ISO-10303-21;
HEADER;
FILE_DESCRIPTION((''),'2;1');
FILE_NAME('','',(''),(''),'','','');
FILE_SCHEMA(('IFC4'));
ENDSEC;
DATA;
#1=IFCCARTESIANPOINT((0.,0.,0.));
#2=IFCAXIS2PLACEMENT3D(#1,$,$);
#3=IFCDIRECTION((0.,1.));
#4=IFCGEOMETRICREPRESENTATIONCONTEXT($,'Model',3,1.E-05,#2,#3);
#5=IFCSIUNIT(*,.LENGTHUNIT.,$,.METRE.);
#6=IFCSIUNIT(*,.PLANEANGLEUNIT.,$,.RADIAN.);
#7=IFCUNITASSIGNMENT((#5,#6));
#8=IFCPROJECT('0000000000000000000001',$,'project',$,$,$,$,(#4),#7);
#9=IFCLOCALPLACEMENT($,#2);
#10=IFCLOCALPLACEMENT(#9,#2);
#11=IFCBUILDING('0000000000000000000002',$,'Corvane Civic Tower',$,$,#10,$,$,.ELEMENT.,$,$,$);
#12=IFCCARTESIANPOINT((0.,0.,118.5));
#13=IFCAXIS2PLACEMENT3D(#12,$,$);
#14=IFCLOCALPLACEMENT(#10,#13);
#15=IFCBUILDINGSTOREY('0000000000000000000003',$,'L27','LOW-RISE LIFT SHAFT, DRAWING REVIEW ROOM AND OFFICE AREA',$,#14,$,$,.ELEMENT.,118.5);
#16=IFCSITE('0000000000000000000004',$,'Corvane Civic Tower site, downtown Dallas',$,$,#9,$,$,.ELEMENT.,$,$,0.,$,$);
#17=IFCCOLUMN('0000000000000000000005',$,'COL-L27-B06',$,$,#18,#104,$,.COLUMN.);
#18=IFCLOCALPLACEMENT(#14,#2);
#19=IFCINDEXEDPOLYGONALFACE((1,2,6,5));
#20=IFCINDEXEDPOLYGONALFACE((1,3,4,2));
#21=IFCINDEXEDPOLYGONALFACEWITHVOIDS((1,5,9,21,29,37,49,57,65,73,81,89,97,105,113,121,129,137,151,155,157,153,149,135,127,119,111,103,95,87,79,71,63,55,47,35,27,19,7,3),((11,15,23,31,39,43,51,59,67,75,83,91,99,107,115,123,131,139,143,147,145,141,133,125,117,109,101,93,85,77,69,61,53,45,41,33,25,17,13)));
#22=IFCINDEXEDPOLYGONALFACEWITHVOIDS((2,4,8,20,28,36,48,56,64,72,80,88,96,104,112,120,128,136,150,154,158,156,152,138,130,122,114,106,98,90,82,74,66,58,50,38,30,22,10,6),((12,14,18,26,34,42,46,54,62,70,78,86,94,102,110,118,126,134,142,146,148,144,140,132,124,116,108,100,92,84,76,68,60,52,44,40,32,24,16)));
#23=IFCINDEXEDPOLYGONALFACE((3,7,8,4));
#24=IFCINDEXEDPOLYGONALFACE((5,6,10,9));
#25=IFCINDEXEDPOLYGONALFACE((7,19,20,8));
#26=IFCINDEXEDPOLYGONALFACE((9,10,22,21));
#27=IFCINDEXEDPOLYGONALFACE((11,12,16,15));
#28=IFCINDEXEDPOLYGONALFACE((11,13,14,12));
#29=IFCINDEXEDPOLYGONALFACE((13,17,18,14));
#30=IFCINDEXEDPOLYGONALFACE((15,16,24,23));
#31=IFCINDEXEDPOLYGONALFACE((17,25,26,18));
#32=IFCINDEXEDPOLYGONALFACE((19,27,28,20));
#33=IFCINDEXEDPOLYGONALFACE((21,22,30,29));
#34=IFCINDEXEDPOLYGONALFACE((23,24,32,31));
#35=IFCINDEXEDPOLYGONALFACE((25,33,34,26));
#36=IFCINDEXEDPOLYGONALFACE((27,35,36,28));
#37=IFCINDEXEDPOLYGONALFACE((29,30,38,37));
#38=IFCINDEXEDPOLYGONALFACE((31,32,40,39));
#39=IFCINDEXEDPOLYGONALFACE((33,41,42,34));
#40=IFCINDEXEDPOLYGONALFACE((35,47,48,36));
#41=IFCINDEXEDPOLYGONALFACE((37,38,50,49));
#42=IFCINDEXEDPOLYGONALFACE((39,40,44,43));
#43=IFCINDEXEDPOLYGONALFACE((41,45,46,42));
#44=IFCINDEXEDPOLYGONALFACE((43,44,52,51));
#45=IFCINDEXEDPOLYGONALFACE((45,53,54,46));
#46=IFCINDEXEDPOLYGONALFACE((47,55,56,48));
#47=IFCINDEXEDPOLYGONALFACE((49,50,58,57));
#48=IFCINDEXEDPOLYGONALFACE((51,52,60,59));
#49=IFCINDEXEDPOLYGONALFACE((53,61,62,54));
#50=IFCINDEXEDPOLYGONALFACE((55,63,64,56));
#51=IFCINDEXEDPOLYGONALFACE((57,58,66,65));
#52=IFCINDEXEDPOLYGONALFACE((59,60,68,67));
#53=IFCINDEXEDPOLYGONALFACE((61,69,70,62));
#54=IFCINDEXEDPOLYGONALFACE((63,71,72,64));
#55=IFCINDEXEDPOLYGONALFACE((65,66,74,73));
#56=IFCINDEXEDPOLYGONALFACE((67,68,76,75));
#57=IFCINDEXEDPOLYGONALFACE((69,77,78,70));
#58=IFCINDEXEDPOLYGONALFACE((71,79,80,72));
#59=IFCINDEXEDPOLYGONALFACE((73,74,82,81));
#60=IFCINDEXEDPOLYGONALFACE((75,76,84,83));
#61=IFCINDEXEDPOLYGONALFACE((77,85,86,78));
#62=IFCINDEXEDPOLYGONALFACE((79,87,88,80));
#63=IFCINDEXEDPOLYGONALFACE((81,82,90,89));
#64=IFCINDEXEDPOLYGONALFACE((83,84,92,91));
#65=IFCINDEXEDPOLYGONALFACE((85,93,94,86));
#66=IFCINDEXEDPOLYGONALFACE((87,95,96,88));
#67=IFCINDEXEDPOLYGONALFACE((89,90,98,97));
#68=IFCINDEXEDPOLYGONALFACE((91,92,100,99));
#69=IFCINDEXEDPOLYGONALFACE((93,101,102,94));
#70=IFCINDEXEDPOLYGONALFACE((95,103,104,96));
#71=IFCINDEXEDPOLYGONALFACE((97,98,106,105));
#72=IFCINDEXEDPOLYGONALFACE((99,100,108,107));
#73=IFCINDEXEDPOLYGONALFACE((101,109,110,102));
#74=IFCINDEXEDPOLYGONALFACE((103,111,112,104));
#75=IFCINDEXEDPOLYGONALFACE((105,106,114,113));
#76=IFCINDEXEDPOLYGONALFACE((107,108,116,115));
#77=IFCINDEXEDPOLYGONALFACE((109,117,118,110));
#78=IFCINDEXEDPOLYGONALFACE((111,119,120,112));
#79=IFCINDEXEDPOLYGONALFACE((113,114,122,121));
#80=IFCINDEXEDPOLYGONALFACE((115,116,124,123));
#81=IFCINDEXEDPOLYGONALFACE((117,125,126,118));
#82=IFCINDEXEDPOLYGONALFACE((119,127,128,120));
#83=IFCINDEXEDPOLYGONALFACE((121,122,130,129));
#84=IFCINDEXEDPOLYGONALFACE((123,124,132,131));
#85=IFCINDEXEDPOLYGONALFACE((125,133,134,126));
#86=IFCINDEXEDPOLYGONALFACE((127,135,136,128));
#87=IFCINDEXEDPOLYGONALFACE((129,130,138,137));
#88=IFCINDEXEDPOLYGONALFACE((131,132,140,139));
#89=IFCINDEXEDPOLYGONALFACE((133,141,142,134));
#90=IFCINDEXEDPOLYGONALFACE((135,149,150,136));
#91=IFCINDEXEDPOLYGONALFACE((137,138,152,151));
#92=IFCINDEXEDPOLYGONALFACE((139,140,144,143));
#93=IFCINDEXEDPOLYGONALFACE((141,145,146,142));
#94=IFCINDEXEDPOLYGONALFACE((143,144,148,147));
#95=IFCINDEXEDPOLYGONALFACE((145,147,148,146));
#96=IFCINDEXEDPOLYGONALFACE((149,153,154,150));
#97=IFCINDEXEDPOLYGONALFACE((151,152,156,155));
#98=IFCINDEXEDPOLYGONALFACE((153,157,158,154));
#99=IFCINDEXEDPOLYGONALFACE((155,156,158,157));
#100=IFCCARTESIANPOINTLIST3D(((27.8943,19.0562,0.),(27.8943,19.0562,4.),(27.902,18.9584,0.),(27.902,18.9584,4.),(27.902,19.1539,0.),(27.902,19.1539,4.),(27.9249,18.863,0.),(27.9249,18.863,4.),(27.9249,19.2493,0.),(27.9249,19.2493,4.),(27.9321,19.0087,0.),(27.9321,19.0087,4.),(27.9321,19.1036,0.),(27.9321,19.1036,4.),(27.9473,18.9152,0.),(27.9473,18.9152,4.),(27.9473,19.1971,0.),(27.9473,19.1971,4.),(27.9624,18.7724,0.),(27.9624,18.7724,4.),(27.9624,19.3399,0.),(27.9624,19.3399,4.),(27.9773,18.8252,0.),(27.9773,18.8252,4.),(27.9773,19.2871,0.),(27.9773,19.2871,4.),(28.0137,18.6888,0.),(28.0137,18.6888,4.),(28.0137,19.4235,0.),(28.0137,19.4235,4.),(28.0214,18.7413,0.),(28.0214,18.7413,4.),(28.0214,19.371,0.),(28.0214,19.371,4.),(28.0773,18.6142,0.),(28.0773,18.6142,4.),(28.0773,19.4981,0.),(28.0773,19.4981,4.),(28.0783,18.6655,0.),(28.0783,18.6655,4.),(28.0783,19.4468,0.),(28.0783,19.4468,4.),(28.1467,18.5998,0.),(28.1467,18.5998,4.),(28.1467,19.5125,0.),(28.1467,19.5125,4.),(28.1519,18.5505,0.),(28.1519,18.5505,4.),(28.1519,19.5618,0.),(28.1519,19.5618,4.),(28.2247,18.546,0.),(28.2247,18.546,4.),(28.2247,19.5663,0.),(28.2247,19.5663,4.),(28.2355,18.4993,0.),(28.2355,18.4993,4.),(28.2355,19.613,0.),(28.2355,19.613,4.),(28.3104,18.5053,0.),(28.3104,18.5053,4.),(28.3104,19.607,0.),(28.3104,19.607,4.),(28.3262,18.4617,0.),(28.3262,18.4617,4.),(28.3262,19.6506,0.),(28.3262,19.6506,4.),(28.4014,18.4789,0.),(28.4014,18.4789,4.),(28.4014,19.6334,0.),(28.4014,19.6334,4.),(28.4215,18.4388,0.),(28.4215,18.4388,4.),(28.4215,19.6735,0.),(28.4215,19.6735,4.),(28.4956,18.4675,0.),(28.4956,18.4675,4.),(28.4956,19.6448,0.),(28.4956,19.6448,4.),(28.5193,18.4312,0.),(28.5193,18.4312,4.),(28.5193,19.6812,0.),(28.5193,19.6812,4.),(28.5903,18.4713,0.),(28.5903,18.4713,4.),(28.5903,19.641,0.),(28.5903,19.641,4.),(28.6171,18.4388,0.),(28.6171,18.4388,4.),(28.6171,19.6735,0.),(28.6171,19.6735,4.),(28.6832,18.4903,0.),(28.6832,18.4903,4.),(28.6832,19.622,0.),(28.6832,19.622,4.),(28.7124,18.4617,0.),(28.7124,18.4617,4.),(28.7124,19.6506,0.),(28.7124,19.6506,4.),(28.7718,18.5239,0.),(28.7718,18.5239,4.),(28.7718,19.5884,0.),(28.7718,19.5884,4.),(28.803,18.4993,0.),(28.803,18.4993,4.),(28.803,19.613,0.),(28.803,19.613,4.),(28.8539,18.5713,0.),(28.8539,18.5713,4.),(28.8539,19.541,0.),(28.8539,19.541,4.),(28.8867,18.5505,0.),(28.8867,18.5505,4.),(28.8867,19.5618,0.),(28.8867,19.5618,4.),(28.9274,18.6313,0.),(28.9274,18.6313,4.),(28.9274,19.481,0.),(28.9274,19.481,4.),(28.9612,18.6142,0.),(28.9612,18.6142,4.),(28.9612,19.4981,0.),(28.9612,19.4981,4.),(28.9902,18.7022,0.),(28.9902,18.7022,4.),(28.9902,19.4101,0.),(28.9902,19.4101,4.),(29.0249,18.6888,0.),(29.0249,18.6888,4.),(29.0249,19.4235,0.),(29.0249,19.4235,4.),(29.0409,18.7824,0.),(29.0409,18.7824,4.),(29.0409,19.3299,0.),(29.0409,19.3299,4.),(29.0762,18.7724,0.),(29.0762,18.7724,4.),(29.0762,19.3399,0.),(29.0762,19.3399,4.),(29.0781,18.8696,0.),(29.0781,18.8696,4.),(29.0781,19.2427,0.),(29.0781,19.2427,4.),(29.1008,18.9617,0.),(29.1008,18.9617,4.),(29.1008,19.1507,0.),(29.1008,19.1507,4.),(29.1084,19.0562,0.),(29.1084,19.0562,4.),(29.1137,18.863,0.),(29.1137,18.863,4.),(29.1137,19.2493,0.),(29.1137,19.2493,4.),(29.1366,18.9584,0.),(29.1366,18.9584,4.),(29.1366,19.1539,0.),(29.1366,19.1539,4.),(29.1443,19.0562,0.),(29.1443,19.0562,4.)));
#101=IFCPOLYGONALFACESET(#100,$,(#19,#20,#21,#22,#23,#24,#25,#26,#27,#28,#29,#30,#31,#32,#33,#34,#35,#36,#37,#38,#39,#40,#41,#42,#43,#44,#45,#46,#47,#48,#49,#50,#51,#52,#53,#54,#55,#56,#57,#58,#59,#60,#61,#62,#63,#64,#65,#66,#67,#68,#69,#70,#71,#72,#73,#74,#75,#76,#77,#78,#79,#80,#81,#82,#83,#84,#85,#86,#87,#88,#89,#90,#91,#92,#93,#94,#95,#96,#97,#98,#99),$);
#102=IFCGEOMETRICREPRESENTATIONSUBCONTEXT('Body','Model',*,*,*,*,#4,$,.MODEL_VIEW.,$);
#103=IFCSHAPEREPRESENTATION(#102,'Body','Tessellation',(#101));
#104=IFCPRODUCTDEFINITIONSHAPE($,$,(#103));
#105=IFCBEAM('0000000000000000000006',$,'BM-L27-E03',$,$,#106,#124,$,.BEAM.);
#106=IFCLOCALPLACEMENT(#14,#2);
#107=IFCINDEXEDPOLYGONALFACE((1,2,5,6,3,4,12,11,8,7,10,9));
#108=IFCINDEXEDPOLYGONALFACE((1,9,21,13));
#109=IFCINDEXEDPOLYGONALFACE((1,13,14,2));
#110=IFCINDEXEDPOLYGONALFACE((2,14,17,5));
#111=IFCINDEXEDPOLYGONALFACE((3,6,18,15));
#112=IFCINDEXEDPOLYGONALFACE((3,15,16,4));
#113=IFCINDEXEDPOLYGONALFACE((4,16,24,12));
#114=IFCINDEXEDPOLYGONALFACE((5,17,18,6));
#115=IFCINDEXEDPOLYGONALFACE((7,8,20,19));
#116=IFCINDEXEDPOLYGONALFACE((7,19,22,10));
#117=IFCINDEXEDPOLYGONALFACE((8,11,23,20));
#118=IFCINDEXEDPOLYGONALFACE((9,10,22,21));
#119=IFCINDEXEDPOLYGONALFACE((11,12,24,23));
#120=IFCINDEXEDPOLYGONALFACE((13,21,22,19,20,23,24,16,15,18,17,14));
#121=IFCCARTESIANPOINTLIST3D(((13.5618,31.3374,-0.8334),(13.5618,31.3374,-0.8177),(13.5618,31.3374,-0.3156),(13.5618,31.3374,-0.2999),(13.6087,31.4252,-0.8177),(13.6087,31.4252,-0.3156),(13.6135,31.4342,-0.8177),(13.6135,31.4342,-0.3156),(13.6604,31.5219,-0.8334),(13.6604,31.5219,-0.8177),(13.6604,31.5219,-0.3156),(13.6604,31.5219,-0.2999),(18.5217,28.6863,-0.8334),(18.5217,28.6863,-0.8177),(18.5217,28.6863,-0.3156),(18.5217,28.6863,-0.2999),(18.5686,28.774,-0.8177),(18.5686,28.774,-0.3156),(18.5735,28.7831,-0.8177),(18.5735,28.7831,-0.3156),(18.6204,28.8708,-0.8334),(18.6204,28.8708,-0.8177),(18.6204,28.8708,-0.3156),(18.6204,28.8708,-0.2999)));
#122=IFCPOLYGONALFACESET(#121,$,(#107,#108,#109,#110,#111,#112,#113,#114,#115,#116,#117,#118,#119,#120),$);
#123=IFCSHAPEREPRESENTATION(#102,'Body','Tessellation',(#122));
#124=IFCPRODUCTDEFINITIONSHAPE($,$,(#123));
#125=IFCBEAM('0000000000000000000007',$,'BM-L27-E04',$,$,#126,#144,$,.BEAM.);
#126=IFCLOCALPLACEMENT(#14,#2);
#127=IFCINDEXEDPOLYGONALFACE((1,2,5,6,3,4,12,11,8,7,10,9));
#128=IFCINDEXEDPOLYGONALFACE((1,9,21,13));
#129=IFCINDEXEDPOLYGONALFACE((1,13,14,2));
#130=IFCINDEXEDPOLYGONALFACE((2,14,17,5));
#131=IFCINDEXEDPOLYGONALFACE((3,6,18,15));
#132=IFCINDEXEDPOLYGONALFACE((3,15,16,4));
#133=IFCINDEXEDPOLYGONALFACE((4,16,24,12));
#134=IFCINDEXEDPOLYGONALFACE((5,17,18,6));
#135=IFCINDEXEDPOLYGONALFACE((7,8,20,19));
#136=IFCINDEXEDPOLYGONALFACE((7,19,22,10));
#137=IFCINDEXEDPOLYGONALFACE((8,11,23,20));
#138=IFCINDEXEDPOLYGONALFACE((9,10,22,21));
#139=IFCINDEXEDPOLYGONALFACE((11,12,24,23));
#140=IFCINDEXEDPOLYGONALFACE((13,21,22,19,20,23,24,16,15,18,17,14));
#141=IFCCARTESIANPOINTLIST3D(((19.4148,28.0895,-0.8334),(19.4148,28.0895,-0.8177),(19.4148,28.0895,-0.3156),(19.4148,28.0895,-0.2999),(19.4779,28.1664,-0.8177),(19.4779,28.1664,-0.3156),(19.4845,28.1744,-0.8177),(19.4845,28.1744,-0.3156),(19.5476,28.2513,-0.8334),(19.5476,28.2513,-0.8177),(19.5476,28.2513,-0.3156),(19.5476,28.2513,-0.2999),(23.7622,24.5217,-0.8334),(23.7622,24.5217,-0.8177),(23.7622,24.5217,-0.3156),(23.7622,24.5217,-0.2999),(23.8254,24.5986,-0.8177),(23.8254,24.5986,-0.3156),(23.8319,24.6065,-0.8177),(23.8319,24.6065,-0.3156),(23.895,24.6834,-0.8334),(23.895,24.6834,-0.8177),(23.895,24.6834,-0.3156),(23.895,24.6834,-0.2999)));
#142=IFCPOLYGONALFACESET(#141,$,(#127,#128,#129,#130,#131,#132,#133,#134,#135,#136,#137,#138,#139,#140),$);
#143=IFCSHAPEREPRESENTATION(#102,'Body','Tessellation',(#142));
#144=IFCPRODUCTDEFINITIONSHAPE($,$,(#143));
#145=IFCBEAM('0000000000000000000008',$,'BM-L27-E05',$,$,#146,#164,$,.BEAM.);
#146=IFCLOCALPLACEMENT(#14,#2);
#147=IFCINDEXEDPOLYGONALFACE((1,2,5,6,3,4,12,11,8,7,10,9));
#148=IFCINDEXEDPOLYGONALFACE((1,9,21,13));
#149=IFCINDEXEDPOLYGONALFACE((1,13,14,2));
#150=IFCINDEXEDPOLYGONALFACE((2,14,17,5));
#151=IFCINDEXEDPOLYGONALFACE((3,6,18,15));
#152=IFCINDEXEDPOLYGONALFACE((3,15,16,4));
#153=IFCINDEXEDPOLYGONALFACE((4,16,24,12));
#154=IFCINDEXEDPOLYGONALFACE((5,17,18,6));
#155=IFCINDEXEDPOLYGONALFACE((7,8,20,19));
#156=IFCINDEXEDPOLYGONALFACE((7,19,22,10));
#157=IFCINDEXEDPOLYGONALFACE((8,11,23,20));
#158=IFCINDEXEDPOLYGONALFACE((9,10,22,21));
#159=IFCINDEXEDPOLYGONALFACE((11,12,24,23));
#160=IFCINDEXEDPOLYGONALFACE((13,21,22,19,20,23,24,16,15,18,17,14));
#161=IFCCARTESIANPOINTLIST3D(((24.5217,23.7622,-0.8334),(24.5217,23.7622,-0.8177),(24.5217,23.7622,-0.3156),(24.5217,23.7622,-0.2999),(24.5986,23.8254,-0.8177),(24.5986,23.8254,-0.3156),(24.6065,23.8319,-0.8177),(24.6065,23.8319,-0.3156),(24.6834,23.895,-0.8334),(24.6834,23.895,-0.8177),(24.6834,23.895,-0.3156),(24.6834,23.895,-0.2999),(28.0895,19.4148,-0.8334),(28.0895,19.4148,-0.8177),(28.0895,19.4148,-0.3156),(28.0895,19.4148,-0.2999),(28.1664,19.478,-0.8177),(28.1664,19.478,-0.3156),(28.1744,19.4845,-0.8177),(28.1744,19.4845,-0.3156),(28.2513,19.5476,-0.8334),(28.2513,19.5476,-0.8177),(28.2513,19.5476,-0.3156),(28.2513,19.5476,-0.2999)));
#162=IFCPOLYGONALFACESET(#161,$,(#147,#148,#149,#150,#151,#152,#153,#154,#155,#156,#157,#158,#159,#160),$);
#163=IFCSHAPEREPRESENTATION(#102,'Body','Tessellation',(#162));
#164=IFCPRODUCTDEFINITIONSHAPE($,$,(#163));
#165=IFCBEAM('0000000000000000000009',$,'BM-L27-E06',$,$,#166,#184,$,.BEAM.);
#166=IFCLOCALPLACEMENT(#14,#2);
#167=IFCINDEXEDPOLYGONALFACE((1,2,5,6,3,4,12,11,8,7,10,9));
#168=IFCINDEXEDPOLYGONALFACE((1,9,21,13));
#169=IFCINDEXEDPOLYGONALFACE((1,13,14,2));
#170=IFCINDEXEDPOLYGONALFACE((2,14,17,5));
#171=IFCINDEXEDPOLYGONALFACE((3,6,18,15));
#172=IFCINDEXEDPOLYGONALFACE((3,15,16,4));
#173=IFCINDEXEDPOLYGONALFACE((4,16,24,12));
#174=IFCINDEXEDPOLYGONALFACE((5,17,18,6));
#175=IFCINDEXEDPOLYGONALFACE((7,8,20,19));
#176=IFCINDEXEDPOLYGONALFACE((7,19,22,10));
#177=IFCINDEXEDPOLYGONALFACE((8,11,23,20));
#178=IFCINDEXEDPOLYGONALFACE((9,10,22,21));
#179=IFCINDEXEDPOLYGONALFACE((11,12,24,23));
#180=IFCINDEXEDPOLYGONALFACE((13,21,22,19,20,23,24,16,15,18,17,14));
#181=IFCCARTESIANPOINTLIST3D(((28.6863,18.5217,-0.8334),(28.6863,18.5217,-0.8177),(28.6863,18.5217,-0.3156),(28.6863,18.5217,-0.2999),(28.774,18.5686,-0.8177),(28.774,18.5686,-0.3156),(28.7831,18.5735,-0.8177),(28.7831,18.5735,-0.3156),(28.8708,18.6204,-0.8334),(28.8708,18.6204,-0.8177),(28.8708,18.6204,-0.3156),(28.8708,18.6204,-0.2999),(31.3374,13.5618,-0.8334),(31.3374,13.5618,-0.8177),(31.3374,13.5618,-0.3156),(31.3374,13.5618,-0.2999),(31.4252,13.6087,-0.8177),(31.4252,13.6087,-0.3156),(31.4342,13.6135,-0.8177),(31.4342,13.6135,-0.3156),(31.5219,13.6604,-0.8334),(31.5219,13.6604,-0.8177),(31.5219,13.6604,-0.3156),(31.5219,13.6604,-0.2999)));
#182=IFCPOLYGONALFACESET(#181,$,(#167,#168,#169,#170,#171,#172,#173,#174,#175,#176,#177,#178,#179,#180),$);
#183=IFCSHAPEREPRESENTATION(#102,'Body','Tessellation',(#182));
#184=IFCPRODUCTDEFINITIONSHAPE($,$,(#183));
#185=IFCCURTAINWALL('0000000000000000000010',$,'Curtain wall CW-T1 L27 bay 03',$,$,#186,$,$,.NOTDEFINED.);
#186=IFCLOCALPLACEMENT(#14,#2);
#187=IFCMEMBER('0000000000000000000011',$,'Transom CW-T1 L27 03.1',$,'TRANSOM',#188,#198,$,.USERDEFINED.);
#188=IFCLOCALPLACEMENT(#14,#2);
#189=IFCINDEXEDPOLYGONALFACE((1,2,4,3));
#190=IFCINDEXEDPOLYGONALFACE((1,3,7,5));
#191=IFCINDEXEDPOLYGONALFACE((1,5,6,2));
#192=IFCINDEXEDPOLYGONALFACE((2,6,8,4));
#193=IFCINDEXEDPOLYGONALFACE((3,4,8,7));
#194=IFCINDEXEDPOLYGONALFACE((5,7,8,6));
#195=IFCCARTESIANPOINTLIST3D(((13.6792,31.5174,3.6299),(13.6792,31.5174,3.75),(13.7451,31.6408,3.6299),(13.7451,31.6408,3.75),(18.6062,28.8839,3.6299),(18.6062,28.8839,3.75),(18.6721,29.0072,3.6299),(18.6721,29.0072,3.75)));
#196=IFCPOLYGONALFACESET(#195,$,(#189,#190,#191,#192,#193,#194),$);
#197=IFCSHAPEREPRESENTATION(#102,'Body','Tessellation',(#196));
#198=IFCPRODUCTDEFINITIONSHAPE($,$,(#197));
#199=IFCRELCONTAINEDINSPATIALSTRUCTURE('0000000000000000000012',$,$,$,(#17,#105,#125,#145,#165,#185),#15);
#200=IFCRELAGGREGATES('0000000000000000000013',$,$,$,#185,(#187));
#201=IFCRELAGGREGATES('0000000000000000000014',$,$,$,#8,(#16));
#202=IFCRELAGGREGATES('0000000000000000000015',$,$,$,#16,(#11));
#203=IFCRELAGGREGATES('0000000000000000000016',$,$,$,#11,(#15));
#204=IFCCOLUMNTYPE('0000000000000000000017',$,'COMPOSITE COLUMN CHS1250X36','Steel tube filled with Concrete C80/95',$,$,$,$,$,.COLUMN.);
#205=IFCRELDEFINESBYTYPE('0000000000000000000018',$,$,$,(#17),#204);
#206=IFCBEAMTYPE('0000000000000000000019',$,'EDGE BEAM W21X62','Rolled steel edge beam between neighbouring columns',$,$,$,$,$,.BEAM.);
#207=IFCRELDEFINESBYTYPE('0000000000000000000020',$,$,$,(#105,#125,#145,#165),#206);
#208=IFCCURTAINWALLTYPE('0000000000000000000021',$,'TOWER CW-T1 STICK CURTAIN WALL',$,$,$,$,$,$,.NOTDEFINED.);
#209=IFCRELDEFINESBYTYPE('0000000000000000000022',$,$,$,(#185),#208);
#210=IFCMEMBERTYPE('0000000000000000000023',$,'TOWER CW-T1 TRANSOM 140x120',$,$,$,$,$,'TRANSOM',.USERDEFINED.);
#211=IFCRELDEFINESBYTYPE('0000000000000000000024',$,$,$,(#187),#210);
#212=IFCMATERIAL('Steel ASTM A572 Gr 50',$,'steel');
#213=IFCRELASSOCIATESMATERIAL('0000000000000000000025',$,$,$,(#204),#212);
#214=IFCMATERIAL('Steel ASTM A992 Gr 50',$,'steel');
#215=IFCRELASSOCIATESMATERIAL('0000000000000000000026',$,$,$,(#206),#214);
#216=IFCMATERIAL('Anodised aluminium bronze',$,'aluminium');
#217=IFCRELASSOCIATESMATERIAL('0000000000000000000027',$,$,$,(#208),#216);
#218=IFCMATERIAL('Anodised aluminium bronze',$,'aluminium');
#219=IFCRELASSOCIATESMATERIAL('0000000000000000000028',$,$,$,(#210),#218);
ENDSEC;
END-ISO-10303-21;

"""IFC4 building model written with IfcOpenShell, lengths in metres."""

from ifc_helpers import new_model, si_unit, direction, frame, origin, origin_2d, place, context, subcontext, project, spatial, rectangle, hollow_circle, i_section, extrude, material, material_profile, profile_set, type_object, element, aggregate, save


model = new_model("IFC4")

# Units and contexts
model_context = context("Model", 3, precision=1e-05, world=origin(), true_north=direction((0.0, 1.0)))
body_context = subcontext(model_context, "Body", "Model", "MODEL_VIEW")
ifc_project = project(units=[si_unit("LENGTHUNIT", "METRE"), si_unit("PLANEANGLEUNIT", "RADIAN")], contexts=[model_context])

# Site, building, storey
site_placement = place(None, origin())
site = spatial("IfcSite", under=ifc_project, at=site_placement, Name="Corvane Civic Tower site, downtown Dallas", CompositionType="ELEMENT", RefElevation=0.0)
building_placement = place(site_placement, origin())
building = spatial("IfcBuilding", under=site, at=building_placement, Name="Corvane Civic Tower", CompositionType="ELEMENT")
storey_placement = place(building_placement, frame((0.0, 0.0, 118.5)))
storey = spatial("IfcBuildingStorey", under=building, at=storey_placement, Name="L27", Description="LOW-RISE LIFT SHAFT, DRAWING REVIEW ROOM AND OFFICE AREA", CompositionType="ELEMENT", Elevation=118.5)

# Column
ifc_material_1 = material(Name="Steel ASTM A572 Gr 50", Category="steel")
ifc_material_profile_1 = material_profile(ifc_material_1, hollow_circle(Radius=0.625, WallThickness=0.0359, at=origin_2d()), Name="CHS1250X36")
ifc_profile_set_1 = profile_set([ifc_material_profile_1], Name="Steel ASTM A572 Gr 50")
column_type = type_object("IfcColumnType", Name="COMPOSITE COLUMN CHS1250X36", Description="Steel tube filled with Concrete C80/95", PredefinedType="COLUMN", material=ifc_profile_set_1)
for number, where, z_axis, x_axis, name in (
    (1, (28.5193, 19.0562, 0.0), (0.0, 0.0, 1.0), (1.0, 0.0, 0.0), "COL-L27-B06"),
):
    element("IfcColumn", number, at=place(storey_placement, frame(where, z_axis=z_axis, x_axis=x_axis)), inside=storey, type_object=column_type, Name=name, PredefinedType="COLUMN", context=body_context, shape_type="SweptSolid", body=[
        extrude(hollow_circle(Radius=0.625, WallThickness=0.0359, at=origin_2d()), origin(), (0.0, 0.0, 1.0), 4.0),
    ])

# Beams
ifc_material_2 = material(Name="Steel ASTM A992 Gr 50", Category="steel")
ifc_material_profile_2 = material_profile(ifc_material_2, i_section(OverallWidth=0.2092, OverallDepth=0.5334, WebThickness=0.0103, FlangeThickness=0.0156, at=origin_2d()), Name="W21X62")
ifc_profile_set_2 = profile_set([ifc_material_profile_2], Name="Steel ASTM A992 Gr 50")
beam_type = type_object("IfcBeamType", Name="EDGE BEAM W21X62", Description="Rolled steel edge beam between neighbouring columns", PredefinedType="BEAM", material=ifc_profile_set_2)
for number, where, z_axis, x_axis, name in (
    (2, (13.6111, 31.4297, -0.5667), (0.881924, -0.471392, 0.0), (0.471392, 0.881924, 0.0), "BM-L27-E03"),
    (3, (19.4812, 28.1704, -0.5667), (0.773007, -0.634398, 0.0), (0.634398, 0.773007, 0.0), "BM-L27-E04"),
    (4, (24.6025, 23.8286, -0.5667), (0.634398, -0.773007, 0.0), (0.773007, 0.634398, 0.0), "BM-L27-E05"),
    (5, (28.7786, 18.571, -0.5667), (0.471392, -0.881924, 0.0), (0.881924, 0.471392, 0.0), "BM-L27-E06"),
):
    element("IfcBeam", number, at=place(storey_placement, frame(where, z_axis=z_axis, x_axis=x_axis)), inside=storey, type_object=beam_type, Name=name, PredefinedType="BEAM", context=body_context, shape_type="SweptSolid", body=[
        extrude(i_section(OverallWidth=0.2092, OverallDepth=0.5334, WebThickness=0.0103, FlangeThickness=0.0156, at=origin_2d()), origin(), (0.0, 0.0, 1.0), 5.624),
    ])

# Curtain wall, member
ifc_material_3 = material(Name="Anodised aluminium bronze", Category="aluminium")
curtain_wall_type = type_object("IfcCurtainWallType", Name="TOWER CW-T1 STICK CURTAIN WALL", PredefinedType="NOTDEFINED", material=ifc_material_3)
curtain_wall_1_placement = place(storey_placement, origin())
curtain_wall_1 = element("IfcCurtainWall", 6, at=curtain_wall_1_placement, inside=storey, type_object=curtain_wall_type, Name="Curtain wall CW-T1 L27 bay 03", PredefinedType="NOTDEFINED")
ifc_material_4 = material(Name="Anodised aluminium bronze", Category="aluminium")
ifc_material_profile_3 = material_profile(ifc_material_4, rectangle(XDim=0.1399, YDim=0.1201, at=origin_2d()), Name="TOWER CW-T1 TRANSOM 140x120")
ifc_profile_set_3 = profile_set([ifc_material_profile_3], Name="Anodised aluminium bronze")
member_type = type_object("IfcMemberType", Name="TOWER CW-T1 TRANSOM 140x120", ElementType="TRANSOM", PredefinedType="USERDEFINED", material=ifc_profile_set_3)
member_1_placement = place(storey_placement, frame((13.7122, 31.5791, 3.6899), z_axis=(0.881921, -0.471398, 0.0), x_axis=(0.471398, 0.881921, 0.0)))
member_1 = element("IfcMember", 7, at=member_1_placement, type_object=member_type, Name="Transom CW-T1 L27 03.1", ObjectType="TRANSOM", PredefinedType="USERDEFINED", context=body_context, shape_type="SweptSolid", body=[
    extrude(rectangle(XDim=0.1399, YDim=0.1201, at=origin_2d()), origin(), (0.0, 0.0, 1.0), 5.5867),
])

aggregate(curtain_wall_1, [member_1])

save(model, "model.ifc")
